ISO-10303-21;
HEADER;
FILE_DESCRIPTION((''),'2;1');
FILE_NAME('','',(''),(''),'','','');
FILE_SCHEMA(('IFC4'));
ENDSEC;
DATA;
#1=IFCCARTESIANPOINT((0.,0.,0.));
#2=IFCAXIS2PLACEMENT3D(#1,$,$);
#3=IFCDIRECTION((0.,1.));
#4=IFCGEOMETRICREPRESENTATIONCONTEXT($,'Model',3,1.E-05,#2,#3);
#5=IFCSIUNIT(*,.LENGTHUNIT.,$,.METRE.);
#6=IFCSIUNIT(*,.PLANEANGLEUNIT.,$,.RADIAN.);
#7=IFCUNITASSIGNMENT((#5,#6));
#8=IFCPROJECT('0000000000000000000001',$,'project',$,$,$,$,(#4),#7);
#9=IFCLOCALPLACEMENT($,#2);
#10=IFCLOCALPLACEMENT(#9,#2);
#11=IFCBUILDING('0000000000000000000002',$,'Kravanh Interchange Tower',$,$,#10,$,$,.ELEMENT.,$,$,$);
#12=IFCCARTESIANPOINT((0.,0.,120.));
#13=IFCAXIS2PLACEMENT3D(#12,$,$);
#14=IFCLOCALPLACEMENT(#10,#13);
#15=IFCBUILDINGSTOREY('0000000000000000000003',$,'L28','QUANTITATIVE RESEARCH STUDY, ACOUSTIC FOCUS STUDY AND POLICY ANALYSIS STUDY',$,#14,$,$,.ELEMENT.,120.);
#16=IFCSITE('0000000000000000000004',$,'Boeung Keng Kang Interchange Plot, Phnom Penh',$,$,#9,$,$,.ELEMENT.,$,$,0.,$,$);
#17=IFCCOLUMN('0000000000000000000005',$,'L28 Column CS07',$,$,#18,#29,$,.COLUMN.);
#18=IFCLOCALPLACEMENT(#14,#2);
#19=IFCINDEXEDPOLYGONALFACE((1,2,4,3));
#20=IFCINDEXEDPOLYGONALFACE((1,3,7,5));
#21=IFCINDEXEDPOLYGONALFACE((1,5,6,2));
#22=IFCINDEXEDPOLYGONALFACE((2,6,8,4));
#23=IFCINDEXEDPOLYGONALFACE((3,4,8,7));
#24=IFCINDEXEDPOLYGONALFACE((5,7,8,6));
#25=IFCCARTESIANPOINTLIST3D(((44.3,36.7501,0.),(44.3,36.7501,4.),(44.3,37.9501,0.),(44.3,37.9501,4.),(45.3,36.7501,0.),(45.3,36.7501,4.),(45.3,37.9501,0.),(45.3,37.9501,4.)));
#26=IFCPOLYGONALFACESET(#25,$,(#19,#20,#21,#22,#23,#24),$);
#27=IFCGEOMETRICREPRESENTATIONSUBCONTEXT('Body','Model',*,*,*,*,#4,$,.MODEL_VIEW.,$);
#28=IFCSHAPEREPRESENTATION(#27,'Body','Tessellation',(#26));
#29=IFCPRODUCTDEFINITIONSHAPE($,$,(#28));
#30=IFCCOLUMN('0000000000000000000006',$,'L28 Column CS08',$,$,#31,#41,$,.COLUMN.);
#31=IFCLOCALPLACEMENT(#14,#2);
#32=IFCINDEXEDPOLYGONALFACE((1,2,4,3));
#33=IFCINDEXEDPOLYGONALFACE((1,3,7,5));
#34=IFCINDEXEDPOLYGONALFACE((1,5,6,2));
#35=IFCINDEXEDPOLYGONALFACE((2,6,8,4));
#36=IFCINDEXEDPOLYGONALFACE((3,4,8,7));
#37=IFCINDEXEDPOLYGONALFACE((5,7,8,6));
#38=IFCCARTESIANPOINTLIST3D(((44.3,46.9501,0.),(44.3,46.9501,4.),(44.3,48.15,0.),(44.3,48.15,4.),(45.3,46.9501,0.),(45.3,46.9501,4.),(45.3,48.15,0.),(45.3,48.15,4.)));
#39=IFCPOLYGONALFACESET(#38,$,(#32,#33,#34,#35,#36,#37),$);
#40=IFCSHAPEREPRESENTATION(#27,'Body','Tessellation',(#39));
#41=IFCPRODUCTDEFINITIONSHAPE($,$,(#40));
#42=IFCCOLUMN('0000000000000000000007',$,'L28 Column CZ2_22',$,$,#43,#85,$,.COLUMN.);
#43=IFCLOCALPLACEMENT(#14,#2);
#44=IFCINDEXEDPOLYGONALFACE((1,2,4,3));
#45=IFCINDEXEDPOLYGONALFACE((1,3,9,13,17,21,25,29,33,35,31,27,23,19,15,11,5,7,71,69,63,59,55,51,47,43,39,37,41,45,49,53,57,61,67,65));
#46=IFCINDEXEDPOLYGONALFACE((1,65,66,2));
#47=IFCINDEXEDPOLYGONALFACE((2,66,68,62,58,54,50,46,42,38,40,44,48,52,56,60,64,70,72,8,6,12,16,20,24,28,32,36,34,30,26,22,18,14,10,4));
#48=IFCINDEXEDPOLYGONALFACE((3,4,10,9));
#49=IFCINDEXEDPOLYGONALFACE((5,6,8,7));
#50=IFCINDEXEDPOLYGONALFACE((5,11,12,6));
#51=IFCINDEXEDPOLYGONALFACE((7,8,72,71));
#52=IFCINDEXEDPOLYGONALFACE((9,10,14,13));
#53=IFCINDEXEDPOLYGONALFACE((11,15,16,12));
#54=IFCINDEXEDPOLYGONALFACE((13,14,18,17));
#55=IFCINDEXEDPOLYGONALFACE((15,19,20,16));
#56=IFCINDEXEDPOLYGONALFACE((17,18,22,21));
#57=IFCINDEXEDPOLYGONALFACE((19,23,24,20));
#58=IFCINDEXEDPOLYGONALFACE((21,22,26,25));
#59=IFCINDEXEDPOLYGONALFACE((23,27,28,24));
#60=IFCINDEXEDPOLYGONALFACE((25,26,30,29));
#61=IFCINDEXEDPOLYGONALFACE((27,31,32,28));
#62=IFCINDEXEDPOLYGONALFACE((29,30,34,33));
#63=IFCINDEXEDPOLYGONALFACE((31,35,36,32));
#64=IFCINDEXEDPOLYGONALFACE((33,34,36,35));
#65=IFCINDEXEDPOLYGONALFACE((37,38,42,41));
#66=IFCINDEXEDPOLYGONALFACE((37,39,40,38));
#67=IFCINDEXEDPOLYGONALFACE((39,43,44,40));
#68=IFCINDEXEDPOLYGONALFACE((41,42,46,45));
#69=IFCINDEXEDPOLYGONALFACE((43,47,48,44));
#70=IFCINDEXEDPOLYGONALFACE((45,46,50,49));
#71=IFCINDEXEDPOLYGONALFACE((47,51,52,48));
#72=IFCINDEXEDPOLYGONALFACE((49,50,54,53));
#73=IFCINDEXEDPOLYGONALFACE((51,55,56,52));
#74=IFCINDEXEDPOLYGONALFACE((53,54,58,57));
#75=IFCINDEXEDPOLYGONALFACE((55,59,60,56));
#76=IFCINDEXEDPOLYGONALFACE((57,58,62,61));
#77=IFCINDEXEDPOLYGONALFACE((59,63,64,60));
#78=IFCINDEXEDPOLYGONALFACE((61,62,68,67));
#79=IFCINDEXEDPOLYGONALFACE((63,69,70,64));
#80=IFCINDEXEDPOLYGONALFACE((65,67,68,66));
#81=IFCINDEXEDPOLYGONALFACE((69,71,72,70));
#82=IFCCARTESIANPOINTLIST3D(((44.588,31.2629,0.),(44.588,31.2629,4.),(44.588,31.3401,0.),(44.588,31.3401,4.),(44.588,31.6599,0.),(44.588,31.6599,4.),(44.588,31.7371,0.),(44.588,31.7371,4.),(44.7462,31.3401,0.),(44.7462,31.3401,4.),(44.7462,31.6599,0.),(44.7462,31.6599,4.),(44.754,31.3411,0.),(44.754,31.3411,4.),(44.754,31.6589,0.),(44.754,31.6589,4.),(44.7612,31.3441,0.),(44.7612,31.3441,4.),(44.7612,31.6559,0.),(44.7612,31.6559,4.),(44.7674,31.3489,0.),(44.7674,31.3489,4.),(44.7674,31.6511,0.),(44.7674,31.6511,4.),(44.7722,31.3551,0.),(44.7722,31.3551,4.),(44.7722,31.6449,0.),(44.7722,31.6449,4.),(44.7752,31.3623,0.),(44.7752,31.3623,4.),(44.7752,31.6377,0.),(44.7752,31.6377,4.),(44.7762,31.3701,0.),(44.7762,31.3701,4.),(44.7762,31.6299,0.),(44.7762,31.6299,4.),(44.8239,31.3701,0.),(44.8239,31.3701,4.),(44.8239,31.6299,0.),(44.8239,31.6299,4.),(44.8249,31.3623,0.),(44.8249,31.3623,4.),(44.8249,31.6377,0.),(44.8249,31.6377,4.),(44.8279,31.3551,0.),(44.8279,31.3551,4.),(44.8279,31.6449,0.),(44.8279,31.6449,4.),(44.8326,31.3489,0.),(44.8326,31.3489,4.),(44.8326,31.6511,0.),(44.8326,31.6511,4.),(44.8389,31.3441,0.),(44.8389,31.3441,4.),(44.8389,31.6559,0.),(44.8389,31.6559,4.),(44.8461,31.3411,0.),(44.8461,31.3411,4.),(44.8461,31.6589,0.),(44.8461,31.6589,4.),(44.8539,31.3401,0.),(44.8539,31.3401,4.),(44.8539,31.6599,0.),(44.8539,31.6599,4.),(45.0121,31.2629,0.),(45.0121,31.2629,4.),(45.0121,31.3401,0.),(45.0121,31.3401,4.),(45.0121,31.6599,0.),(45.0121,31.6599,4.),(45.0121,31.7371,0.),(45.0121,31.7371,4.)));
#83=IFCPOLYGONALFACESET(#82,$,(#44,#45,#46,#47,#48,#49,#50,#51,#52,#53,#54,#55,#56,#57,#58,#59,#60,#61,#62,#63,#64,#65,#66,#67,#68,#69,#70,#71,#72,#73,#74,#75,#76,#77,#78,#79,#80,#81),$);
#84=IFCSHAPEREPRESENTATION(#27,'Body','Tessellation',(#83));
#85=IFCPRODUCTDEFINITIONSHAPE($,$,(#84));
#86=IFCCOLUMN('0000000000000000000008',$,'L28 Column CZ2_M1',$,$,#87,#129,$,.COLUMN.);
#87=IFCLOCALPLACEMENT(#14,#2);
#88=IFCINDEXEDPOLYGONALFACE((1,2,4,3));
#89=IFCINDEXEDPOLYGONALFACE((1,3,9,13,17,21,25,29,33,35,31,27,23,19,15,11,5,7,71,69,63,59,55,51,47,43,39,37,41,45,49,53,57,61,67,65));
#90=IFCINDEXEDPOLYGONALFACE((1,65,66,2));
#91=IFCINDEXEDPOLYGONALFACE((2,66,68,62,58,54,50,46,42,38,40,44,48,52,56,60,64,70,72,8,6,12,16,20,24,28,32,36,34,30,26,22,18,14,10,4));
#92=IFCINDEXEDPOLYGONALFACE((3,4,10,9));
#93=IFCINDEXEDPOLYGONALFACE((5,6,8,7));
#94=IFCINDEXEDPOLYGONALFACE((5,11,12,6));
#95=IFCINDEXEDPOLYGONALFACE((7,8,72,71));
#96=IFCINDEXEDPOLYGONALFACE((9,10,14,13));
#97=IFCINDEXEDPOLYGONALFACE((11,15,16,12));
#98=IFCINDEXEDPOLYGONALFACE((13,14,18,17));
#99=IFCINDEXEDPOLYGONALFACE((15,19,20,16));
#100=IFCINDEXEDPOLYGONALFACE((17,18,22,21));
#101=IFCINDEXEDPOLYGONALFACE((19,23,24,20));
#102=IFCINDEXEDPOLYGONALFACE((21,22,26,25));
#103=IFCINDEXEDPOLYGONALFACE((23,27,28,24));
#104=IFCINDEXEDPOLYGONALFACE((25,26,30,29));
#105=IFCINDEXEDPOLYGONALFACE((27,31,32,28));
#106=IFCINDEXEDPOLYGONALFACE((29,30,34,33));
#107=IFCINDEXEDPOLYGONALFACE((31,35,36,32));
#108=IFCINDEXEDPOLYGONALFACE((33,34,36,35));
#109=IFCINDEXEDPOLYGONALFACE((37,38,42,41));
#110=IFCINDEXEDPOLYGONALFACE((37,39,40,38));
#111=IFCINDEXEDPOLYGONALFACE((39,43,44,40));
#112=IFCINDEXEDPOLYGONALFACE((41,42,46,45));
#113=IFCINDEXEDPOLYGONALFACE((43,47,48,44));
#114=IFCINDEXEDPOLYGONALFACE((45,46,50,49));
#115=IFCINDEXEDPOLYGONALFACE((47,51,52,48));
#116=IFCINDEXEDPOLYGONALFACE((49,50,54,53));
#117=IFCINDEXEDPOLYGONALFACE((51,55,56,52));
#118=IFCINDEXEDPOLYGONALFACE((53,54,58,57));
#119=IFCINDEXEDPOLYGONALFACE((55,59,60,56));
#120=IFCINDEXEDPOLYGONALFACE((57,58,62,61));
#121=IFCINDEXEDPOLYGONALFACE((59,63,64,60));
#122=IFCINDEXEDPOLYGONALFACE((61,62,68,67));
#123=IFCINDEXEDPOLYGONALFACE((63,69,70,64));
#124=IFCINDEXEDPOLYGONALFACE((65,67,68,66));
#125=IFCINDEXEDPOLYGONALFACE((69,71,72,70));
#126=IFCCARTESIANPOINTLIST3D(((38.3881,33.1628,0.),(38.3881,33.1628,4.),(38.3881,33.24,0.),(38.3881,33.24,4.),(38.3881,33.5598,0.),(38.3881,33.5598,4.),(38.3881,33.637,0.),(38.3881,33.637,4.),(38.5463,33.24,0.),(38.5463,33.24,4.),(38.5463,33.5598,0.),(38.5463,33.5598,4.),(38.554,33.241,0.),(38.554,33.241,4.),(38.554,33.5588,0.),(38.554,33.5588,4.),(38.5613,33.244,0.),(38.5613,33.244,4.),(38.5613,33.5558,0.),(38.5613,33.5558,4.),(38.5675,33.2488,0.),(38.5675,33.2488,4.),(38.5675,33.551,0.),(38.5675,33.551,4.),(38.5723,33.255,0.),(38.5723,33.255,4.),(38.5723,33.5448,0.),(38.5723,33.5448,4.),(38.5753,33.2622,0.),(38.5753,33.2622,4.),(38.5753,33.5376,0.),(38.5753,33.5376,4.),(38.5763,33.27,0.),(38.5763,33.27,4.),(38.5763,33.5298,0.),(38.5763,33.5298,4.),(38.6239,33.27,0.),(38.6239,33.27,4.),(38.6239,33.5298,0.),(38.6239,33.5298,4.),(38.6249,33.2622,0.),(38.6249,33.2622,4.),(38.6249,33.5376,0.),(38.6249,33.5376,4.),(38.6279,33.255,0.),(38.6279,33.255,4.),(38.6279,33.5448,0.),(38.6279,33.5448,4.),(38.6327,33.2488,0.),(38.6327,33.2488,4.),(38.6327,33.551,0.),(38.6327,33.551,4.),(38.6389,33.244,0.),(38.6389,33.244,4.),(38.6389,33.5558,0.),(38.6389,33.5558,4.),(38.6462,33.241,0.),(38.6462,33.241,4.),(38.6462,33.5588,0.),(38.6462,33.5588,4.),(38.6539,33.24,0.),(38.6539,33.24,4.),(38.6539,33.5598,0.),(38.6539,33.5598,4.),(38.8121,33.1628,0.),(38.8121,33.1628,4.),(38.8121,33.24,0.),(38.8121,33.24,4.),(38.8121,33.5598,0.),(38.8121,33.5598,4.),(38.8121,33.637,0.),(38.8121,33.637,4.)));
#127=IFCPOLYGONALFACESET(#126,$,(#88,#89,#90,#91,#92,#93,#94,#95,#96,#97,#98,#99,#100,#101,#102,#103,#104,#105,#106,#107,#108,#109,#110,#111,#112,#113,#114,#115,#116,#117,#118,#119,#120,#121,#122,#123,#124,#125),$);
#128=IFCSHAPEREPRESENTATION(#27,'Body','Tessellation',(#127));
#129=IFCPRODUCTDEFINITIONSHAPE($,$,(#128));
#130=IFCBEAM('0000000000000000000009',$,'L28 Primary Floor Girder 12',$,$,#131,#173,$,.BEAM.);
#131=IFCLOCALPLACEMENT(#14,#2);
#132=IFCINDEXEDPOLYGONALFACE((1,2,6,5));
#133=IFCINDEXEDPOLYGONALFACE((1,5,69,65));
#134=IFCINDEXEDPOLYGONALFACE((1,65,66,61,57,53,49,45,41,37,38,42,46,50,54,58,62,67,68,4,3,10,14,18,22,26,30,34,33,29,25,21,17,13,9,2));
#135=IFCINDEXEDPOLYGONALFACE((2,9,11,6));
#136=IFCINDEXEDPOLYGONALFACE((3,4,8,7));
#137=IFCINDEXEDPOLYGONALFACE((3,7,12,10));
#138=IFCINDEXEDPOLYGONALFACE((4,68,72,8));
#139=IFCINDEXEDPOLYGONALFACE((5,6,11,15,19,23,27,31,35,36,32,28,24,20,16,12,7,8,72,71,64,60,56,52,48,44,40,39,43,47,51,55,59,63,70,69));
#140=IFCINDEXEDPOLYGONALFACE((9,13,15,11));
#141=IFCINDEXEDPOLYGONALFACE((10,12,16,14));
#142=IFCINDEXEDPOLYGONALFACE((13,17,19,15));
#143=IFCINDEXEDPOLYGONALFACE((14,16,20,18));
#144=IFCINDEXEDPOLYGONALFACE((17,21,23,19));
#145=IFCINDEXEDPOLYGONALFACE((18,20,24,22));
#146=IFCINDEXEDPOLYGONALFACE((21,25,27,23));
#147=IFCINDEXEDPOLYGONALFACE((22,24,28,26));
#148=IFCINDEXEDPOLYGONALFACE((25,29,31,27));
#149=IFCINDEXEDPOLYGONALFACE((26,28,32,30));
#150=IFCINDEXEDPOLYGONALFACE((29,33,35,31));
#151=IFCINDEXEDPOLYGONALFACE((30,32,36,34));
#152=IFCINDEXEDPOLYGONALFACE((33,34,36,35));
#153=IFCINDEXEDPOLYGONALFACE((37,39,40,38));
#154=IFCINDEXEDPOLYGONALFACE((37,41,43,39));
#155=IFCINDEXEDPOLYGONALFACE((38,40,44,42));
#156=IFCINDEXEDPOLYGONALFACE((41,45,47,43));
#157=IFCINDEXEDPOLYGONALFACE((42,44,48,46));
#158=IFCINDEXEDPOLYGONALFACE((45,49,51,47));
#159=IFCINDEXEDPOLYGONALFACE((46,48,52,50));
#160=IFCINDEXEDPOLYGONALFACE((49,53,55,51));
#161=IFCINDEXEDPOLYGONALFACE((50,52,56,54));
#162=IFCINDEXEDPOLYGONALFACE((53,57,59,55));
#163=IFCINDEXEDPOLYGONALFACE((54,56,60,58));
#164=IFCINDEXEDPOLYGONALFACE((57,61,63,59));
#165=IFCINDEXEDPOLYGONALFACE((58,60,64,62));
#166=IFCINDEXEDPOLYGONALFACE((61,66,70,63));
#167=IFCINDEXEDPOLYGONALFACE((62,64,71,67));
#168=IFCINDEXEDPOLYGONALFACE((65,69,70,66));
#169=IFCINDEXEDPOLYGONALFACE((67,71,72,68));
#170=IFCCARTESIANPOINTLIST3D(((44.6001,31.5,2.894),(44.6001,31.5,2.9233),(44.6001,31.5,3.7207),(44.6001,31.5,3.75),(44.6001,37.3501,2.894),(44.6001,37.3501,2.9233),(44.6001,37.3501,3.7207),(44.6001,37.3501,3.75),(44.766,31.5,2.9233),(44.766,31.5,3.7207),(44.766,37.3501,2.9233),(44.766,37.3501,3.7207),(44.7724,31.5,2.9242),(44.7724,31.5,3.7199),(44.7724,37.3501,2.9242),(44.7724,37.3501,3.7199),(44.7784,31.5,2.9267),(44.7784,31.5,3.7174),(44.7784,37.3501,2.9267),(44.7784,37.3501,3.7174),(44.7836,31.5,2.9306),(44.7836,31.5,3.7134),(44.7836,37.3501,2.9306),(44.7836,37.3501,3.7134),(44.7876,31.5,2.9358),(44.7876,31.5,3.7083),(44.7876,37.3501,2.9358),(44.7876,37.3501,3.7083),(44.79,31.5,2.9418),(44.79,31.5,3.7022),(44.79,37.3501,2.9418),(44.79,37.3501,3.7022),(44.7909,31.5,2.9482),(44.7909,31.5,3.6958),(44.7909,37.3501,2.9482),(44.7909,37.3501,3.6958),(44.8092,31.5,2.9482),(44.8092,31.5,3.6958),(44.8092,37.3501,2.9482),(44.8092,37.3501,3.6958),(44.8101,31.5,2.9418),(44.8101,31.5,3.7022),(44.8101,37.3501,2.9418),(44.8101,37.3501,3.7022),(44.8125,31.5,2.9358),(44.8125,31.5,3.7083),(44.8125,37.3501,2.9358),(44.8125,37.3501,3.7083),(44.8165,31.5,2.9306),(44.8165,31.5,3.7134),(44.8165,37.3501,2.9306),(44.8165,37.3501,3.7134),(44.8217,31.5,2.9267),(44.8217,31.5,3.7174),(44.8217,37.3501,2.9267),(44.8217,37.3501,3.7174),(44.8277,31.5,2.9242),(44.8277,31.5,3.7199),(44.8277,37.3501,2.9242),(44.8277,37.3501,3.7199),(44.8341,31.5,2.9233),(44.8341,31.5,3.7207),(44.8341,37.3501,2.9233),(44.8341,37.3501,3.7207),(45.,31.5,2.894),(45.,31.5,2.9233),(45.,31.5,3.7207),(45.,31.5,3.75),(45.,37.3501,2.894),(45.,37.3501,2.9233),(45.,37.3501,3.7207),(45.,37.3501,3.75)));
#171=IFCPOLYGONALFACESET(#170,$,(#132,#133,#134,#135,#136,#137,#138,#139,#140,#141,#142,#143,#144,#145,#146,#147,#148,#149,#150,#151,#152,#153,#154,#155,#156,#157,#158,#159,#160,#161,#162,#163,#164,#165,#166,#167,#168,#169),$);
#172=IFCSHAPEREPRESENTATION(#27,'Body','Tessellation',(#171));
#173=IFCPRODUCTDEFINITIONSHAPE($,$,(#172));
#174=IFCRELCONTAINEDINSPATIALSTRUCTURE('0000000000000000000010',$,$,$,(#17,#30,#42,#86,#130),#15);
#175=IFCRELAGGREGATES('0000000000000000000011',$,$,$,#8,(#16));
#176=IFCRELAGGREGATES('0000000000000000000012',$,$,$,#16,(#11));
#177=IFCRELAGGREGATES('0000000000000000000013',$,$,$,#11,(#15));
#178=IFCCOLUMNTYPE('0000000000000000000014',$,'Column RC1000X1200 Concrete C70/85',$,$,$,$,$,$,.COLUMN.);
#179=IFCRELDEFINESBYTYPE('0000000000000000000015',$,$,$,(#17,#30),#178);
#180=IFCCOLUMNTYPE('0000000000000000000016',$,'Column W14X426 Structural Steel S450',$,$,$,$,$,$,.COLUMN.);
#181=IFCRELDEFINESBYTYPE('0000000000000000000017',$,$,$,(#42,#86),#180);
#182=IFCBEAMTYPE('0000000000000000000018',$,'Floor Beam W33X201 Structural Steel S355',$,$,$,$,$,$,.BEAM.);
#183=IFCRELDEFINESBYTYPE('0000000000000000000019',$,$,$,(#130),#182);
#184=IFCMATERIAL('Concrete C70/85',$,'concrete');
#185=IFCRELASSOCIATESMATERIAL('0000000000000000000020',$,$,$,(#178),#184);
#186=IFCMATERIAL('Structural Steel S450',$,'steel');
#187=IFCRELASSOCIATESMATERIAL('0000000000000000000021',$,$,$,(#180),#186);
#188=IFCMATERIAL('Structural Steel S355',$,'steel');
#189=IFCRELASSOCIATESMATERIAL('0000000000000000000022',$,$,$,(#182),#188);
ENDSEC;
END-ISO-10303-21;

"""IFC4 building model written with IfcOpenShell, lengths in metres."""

from ifc_helpers import new_model, si_unit, direction, frame, origin, origin_2d, place, context, subcontext, project, spatial, rectangle, i_section, extrude, material, material_profile, profile_set, type_object, element, save


model = new_model("IFC4")

# Units and contexts
model_context = context("Model", 3, precision=1e-05, world=origin(), true_north=direction((0.0, 1.0)))
body_context = subcontext(model_context, "Body", "Model", "MODEL_VIEW")
ifc_project = project(units=[si_unit("LENGTHUNIT", "METRE"), si_unit("PLANEANGLEUNIT", "RADIAN")], contexts=[model_context])

# Site, building, storey
site_placement = place(None, origin())
site = spatial("IfcSite", under=ifc_project, at=site_placement, Name="Boeung Keng Kang Interchange Plot, Phnom Penh", CompositionType="ELEMENT", RefElevation=0.0)
building_placement = place(site_placement, origin())
building = spatial("IfcBuilding", under=site, at=building_placement, Name="Kravanh Interchange Tower", CompositionType="ELEMENT")
storey_placement = place(building_placement, frame((0.0, 0.0, 120.0)))
storey = spatial("IfcBuildingStorey", under=building, at=storey_placement, Name="L28", Description="QUANTITATIVE RESEARCH STUDY, ACOUSTIC FOCUS STUDY AND POLICY ANALYSIS STUDY", CompositionType="ELEMENT", Elevation=120.0)

# Columns
ifc_material_1 = material(Name="Concrete C70/85", Category="concrete")
ifc_material_profile_1 = material_profile(ifc_material_1, rectangle(XDim=1.0, YDim=1.2, at=origin_2d()), Name="RC1000X1200")
ifc_profile_set_1 = profile_set([ifc_material_profile_1], Name="Concrete C70/85")
column_type_1 = type_object("IfcColumnType", Name="Column RC1000X1200 Concrete C70/85", PredefinedType="COLUMN", material=ifc_profile_set_1)
for number, where, z_axis, x_axis, name in (
    (1, (44.8, 37.3501, 0.0), (0.0, 0.0, 1.0), (1.0, 0.0, 0.0), "L28 Column CS07"),
    (2, (44.8, 47.55, 0.0), (0.0, 0.0, 1.0), (1.0, 0.0, 0.0), "L28 Column CS08"),
):
    element("IfcColumn", number, at=place(storey_placement, frame(where, z_axis=z_axis, x_axis=x_axis)), inside=storey, type_object=column_type_1, Name=name, PredefinedType="COLUMN", context=body_context, shape_type="SweptSolid", body=[
        extrude(rectangle(XDim=1.0, YDim=1.2, at=origin_2d()), origin(), (0.0, 0.0, 1.0), 4.0),
    ])
ifc_material_2 = material(Name="Structural Steel S450", Category="steel")
ifc_material_profile_2 = material_profile(ifc_material_2, i_section(OverallWidth=0.4241, OverallDepth=0.4741, WebThickness=0.0476, FlangeThickness=0.0771, FilletRadius=0.03, at=origin_2d()), Name="W14X426")
ifc_profile_set_2 = profile_set([ifc_material_profile_2], Name="Structural Steel S450")
column_type_2 = type_object("IfcColumnType", Name="Column W14X426 Structural Steel S450", PredefinedType="COLUMN", material=ifc_profile_set_2)
for number, where, z_axis, x_axis, name in (
    (3, (44.8, 31.5, 0.0), (0.0, 0.0, 1.0), (1.0, 0.0, 0.0), "L28 Column CZ2_22"),
    (4, (38.6001, 33.3999, 0.0), (0.0, 0.0, 1.0), (1.0, 0.0, 0.0), "L28 Column CZ2_M1"),
):
    element("IfcColumn", number, at=place(storey_placement, frame(where, z_axis=z_axis, x_axis=x_axis)), inside=storey, type_object=column_type_2, Name=name, PredefinedType="COLUMN", context=body_context, shape_type="SweptSolid", body=[
        extrude(i_section(OverallWidth=0.4241, OverallDepth=0.4741, WebThickness=0.0476, FlangeThickness=0.0771, FilletRadius=0.03, at=origin_2d()), origin(), (0.0, 0.0, 1.0), 4.0),
    ])

# Beam
ifc_material_3 = material(Name="Structural Steel S355", Category="steel")
ifc_material_profile_3 = material_profile(ifc_material_3, i_section(OverallWidth=0.3999, OverallDepth=0.856, WebThickness=0.0183, FlangeThickness=0.0293, FilletRadius=0.0249, at=origin_2d()), Name="W33X201")
ifc_profile_set_3 = profile_set([ifc_material_profile_3], Name="Structural Steel S355")
beam_type_1 = type_object("IfcBeamType", Name="Floor Beam W33X201 Structural Steel S355", PredefinedType="BEAM", material=ifc_profile_set_3)
beam_1_placement = place(storey_placement, frame((44.8, 37.3501, 3.322), z_axis=(0.0, -1.0, 0.0), x_axis=(1.0, 0.0, 0.0)))
element("IfcBeam", 5, at=beam_1_placement, inside=storey, type_object=beam_type_1, Name="L28 Primary Floor Girder 12", PredefinedType="BEAM", context=body_context, shape_type="SweptSolid", body=[
    extrude(i_section(OverallWidth=0.3999, OverallDepth=0.856, WebThickness=0.0183, FlangeThickness=0.0293, FilletRadius=0.0249, at=origin_2d()), origin(), (0.0, 0.0, 1.0), 5.8501),
])

save(model, "model.ifc")
